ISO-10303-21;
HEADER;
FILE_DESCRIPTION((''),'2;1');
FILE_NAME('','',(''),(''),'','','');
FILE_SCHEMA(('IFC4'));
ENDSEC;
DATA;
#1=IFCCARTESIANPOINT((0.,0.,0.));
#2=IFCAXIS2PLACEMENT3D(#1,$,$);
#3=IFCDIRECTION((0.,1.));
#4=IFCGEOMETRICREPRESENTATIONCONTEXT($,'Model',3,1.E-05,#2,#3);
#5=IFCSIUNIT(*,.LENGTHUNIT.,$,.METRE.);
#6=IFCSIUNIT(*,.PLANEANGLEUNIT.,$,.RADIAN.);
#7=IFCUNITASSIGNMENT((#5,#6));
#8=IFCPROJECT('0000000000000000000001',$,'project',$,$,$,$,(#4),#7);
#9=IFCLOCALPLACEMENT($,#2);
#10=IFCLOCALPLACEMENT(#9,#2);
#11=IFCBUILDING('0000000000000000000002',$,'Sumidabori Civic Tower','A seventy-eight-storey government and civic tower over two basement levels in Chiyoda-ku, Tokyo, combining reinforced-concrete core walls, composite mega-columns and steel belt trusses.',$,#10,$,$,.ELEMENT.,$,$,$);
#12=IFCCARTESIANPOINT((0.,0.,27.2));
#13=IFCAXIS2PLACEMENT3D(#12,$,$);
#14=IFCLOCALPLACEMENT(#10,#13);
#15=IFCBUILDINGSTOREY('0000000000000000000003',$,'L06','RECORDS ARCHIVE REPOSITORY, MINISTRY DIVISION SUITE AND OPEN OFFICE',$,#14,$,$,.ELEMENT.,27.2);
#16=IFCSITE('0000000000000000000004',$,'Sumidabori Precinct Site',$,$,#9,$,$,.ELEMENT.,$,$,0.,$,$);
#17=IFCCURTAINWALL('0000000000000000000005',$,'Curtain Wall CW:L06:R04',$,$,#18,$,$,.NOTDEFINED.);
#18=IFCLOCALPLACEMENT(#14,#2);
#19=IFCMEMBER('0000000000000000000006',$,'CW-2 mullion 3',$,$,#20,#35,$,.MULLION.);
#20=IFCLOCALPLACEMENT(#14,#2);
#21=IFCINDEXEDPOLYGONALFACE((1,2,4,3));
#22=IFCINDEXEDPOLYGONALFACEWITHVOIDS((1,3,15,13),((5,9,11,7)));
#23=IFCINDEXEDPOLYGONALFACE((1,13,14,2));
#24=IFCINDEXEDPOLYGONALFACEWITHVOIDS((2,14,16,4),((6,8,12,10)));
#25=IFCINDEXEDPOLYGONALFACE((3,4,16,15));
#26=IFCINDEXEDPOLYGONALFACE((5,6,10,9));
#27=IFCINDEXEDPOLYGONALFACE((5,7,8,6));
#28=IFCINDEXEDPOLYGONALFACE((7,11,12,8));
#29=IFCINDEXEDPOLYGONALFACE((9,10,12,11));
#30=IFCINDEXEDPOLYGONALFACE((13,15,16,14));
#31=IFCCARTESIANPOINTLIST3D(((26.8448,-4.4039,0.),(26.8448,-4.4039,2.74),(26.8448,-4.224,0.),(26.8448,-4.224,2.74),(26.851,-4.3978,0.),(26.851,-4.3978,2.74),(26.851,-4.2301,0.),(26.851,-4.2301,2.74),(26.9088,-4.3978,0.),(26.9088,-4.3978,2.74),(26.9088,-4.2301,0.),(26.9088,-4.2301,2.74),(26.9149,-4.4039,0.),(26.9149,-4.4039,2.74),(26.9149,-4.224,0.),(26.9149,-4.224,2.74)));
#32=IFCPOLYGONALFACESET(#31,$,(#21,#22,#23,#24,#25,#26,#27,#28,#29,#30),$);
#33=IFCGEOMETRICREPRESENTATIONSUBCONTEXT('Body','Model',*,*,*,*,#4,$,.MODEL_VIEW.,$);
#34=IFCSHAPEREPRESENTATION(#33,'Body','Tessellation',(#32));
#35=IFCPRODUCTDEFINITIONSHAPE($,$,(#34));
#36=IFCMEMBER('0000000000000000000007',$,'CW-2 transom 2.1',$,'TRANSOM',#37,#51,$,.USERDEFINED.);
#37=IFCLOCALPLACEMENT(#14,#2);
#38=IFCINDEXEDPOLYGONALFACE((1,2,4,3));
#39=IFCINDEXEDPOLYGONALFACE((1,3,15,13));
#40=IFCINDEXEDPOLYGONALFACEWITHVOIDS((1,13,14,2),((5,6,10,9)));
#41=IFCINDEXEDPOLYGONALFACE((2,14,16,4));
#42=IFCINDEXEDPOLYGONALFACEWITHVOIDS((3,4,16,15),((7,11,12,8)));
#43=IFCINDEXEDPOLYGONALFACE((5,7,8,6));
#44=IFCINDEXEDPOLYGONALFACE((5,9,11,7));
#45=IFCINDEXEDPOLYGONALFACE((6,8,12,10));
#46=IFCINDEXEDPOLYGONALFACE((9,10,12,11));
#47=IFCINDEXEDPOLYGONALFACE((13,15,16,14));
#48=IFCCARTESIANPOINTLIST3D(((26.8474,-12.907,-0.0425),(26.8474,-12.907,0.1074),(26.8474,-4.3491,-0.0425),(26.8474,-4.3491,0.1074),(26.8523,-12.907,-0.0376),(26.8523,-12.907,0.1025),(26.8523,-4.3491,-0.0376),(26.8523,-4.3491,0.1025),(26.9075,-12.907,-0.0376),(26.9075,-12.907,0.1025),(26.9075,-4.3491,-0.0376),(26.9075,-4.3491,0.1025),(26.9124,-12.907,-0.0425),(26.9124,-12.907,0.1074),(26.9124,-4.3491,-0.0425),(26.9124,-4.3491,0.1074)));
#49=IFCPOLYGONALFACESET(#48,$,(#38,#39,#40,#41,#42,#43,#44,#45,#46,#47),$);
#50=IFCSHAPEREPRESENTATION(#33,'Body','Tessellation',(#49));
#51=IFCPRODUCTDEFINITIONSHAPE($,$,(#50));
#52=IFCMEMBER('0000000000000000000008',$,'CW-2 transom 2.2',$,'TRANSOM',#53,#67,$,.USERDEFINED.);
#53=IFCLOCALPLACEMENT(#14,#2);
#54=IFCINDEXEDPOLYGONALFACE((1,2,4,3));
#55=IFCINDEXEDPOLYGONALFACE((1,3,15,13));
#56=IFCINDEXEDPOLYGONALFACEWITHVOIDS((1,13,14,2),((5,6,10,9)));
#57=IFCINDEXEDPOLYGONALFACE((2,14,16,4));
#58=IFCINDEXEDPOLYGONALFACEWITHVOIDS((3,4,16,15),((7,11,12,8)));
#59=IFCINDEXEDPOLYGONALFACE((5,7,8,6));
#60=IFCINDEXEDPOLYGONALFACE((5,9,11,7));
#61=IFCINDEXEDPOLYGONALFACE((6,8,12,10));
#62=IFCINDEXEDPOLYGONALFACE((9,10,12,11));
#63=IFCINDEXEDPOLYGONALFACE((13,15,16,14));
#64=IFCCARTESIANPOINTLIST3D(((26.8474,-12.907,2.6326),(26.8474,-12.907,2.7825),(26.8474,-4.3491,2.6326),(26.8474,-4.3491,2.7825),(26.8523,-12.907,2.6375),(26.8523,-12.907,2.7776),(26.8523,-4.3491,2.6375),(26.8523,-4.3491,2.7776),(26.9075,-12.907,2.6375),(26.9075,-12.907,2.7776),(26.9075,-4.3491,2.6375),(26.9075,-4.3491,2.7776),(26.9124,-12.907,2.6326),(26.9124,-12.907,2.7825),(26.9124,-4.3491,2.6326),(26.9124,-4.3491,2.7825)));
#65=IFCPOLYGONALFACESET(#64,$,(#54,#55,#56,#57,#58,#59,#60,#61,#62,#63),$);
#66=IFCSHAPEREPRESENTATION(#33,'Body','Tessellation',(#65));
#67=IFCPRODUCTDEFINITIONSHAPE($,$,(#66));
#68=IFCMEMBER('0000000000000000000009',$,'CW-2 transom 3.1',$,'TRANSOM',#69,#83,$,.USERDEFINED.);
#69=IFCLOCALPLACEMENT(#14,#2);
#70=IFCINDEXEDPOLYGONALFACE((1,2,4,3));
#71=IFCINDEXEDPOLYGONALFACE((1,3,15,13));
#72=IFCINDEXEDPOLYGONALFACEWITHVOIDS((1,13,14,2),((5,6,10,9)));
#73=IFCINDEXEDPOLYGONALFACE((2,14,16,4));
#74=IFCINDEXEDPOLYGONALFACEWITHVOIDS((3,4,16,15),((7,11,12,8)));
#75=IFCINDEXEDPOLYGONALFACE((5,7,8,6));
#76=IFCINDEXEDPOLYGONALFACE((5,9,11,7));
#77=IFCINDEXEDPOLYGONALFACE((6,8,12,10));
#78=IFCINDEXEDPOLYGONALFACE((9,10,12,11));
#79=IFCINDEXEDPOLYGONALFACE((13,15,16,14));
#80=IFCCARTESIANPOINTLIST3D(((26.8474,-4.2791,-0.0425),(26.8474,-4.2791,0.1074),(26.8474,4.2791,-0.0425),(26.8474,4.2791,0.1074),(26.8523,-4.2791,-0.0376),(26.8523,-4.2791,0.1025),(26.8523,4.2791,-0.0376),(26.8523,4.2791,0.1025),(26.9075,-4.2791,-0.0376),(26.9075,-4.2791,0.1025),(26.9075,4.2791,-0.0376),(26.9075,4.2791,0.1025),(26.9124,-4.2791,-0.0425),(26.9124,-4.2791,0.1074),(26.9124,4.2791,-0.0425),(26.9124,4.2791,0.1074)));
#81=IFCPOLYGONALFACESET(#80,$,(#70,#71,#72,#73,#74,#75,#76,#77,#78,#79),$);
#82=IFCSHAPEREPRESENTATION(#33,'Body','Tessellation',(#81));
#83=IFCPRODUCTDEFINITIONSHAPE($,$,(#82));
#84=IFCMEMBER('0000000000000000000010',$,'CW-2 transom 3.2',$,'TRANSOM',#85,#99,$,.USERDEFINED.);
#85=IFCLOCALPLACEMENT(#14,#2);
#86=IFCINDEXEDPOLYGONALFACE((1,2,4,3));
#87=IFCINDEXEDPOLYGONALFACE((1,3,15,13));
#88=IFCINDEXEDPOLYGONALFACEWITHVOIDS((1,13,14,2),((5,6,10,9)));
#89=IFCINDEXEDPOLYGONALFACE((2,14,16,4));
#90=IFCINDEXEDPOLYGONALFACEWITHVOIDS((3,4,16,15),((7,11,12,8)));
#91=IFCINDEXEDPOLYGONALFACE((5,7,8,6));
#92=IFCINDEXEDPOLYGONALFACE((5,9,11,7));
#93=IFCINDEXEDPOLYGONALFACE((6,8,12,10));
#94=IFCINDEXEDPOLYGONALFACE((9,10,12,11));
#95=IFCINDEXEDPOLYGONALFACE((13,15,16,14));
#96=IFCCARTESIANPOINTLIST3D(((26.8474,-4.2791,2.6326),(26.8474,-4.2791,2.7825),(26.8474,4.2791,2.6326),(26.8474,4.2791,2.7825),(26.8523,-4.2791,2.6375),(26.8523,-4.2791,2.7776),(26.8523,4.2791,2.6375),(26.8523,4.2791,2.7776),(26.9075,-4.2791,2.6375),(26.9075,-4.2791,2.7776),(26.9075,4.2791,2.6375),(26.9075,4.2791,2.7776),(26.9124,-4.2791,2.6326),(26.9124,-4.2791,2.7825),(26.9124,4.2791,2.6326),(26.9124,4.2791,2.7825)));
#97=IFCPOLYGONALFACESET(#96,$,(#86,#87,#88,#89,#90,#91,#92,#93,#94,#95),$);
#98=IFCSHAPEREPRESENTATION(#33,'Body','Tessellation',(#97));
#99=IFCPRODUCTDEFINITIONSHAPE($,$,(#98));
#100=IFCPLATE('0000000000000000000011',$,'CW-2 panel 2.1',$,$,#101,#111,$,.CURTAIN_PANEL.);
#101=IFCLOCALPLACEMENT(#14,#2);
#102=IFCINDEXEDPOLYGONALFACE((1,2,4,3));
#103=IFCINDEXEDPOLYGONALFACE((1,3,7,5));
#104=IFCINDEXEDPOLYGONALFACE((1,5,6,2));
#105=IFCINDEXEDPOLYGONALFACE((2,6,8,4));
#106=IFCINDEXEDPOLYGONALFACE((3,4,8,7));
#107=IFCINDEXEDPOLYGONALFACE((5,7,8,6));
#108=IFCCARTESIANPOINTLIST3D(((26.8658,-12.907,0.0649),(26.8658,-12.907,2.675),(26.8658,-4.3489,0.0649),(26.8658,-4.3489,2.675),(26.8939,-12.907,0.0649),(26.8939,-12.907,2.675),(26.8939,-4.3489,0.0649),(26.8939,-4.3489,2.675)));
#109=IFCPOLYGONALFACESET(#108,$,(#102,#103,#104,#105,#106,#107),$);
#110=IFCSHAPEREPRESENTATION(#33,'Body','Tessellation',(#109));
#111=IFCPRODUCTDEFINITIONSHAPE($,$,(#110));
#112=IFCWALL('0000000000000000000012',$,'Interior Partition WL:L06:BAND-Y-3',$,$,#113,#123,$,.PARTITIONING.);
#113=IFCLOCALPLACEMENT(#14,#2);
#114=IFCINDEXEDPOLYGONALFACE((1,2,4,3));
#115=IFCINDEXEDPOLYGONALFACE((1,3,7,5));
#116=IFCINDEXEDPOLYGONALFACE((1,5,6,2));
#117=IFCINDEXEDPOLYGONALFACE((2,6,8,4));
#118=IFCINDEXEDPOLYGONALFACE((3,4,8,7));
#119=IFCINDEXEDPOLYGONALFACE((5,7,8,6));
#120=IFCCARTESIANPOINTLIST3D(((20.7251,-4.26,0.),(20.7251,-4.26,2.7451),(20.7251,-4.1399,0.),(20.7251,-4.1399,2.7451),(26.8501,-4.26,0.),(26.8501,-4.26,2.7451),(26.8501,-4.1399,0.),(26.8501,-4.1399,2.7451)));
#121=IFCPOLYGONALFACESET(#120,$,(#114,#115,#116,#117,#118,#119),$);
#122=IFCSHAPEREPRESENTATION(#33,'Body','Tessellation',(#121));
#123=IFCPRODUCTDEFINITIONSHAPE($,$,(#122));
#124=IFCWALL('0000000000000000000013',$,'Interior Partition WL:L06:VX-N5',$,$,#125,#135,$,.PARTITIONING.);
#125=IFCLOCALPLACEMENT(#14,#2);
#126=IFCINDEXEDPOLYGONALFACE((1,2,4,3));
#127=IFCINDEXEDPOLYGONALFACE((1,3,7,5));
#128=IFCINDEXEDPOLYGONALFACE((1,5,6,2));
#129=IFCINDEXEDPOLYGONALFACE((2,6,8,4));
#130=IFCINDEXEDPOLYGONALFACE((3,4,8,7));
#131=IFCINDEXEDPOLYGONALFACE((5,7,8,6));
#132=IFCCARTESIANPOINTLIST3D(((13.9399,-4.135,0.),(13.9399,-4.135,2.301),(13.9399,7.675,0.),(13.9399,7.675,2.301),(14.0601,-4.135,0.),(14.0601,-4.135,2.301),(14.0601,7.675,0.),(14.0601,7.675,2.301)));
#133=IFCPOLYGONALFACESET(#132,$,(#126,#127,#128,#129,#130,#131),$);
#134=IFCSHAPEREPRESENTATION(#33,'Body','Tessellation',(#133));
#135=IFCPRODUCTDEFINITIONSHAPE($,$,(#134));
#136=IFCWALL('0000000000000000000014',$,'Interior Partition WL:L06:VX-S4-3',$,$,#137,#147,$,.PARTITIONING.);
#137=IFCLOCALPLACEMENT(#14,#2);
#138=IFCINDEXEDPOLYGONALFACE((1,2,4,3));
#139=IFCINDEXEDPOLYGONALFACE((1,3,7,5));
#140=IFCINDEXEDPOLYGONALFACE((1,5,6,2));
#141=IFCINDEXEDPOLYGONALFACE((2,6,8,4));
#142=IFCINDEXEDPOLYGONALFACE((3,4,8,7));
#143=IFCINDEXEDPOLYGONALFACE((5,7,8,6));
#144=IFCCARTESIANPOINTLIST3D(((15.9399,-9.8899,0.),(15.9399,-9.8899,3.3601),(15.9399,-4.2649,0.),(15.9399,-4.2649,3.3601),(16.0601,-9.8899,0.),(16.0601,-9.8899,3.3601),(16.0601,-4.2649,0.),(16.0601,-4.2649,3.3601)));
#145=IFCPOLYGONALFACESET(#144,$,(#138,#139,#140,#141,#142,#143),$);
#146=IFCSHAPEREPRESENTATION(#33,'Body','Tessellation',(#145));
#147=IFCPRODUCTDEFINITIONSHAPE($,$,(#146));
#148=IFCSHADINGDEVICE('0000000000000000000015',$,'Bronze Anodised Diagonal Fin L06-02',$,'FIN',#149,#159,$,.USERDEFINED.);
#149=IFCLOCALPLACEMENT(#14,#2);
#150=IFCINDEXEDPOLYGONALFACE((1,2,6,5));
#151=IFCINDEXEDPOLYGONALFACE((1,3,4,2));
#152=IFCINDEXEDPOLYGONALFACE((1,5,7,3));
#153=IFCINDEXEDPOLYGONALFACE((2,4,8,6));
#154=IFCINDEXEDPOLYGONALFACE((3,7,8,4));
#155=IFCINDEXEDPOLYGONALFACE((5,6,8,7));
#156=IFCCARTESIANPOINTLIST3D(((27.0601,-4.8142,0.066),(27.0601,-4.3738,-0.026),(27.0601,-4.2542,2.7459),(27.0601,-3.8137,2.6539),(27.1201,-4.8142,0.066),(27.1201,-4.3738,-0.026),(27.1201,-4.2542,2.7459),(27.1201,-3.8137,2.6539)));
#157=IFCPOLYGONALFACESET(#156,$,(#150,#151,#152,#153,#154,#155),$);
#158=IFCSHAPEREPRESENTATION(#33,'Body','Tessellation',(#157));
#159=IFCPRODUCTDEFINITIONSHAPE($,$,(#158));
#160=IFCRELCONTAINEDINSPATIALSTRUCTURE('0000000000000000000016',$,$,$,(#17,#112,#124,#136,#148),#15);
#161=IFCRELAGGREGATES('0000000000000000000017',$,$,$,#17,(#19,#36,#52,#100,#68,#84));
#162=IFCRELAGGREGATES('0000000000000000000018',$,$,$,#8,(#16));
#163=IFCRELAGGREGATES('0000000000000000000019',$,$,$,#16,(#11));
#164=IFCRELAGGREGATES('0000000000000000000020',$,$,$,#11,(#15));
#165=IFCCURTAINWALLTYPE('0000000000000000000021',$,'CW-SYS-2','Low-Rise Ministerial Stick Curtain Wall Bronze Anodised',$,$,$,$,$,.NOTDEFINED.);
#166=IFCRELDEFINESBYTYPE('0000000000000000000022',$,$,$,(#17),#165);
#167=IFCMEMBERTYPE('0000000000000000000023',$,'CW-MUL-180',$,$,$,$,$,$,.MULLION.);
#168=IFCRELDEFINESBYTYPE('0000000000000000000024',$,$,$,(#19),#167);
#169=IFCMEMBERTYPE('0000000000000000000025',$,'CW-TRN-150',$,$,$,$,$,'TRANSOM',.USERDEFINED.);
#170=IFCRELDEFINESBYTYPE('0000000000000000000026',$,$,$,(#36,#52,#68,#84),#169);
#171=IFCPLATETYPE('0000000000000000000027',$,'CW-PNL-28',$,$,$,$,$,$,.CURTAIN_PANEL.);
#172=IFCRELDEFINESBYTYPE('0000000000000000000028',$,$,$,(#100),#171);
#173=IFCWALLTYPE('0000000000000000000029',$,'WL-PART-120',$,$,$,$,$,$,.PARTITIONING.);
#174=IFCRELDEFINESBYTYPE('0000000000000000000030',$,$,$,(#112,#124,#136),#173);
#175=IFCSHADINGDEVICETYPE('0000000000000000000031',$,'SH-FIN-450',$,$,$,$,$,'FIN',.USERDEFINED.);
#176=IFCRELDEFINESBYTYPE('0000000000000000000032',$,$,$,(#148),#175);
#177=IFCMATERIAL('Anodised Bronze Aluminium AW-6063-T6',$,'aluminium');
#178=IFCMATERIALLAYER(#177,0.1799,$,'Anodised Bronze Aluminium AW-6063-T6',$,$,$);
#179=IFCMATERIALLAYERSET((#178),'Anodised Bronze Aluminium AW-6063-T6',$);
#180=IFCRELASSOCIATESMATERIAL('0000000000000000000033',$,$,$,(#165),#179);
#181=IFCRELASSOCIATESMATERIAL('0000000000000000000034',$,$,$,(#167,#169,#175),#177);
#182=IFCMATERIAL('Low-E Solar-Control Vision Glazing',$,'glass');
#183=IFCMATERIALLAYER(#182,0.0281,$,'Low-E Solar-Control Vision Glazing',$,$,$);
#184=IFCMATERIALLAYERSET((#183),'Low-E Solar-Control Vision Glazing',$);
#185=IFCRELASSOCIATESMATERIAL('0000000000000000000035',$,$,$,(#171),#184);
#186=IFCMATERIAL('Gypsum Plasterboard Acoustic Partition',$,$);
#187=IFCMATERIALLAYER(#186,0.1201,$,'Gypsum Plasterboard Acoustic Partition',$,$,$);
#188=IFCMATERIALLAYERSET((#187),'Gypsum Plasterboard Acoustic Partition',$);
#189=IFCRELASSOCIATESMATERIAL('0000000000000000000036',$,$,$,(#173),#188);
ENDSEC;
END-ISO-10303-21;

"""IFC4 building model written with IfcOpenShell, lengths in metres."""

from ifc_helpers import new_model, si_unit, direction, frame, frame_2d, origin, origin_2d, place, context, subcontext, project, spatial, rectangle, hollow_rectangle, extrude, source, transform, mapped, material, layer, layer_set, material_profile, profile_set, type_object, element, aggregate, save


model = new_model("IFC4")

# Units and contexts
model_context = context("Model", 3, precision=1e-05, world=origin(), true_north=direction((0.0, 1.0)))
body_context = subcontext(model_context, "Body", "Model", "MODEL_VIEW")
ifc_project = project(units=[si_unit("LENGTHUNIT", "METRE"), si_unit("PLANEANGLEUNIT", "RADIAN")], contexts=[model_context])

# Site, building, storey
site_placement = place(None, origin())
site = spatial("IfcSite", under=ifc_project, at=site_placement, Name="Sumidabori Precinct Site", CompositionType="ELEMENT", RefElevation=0.0)
building_placement = place(site_placement, origin())
building = spatial("IfcBuilding", under=site, at=building_placement, Name="Sumidabori Civic Tower", Description="A seventy-eight-storey government and civic tower over two basement levels in Chiyoda-ku, Tokyo, combining reinforced-concrete core walls, composite mega-columns and steel belt trusses.", CompositionType="ELEMENT")
storey_placement = place(building_placement, frame((0.0, 0.0, 27.2)))
storey = spatial("IfcBuildingStorey", under=building, at=storey_placement, Name="L06", Description="RECORDS ARCHIVE REPOSITORY, MINISTRY DIVISION SUITE AND OPEN OFFICE", CompositionType="ELEMENT", Elevation=27.2)

# Curtain wall, members, plate
ifc_material_1 = material(Name="Anodised Bronze Aluminium AW-6063-T6", Category="aluminium")
ifc_layer_1 = layer(ifc_material_1, 0.1799, Name="Anodised Bronze Aluminium AW-6063-T6")
ifc_layer_set_1 = layer_set([ifc_layer_1], Name="Anodised Bronze Aluminium AW-6063-T6")
curtain_wall_type = type_object("IfcCurtainWallType", Name="CW-SYS-2", Description="Low-Rise Ministerial Stick Curtain Wall Bronze Anodised", PredefinedType="NOTDEFINED", material=ifc_layer_set_1)
curtain_wall_placement = place(storey_placement, origin())
curtain_wall = element("IfcCurtainWall", 1, at=curtain_wall_placement, inside=storey, type_object=curtain_wall_type, Name="Curtain Wall CW:L06:R04", PredefinedType="NOTDEFINED")
ifc_material_profile_1 = material_profile(ifc_material_1, hollow_rectangle(XDim=0.0701, YDim=0.1799, WallThickness=0.0061, at=origin_2d()), Name="ALU MULLION 180x70")
ifc_profile_set_1 = profile_set([ifc_material_profile_1], Name="Anodised Bronze Aluminium AW-6063-T6")
member_type_1 = type_object("IfcMemberType", Name="CW-MUL-180", PredefinedType="MULLION", material=ifc_profile_set_1)
shared_shape_1 = source(origin(), body_context, "Body", "SweptSolid", [
    extrude(hollow_rectangle(XDim=0.0701, YDim=0.1799, WallThickness=0.0061, at=origin_2d()), origin(), (0.0, 0.0, 1.0), 2.74),
])
member_1_placement = place(storey_placement, frame((26.8799, -4.314, 0.0), z_axis=(0.0, 0.0, 1.0), x_axis=(-1.0, 0.0, 0.0)))
member_1 = element("IfcMember", 2, at=member_1_placement, type_object=member_type_1, Name="CW-2 mullion 3", PredefinedType="MULLION", context=body_context, shape_type="MappedRepresentation", body=[
    mapped(shared_shape_1, transform((0.0, 0.0, 0.0), x_axis=(1.0, 0.0, 0.0), y_axis=(0.0, 1.0, 0.0), z_axis=(0.0, 0.0, 1.0), scale=1.0)),
])
ifc_material_profile_2 = material_profile(ifc_material_1, hollow_rectangle(XDim=0.0649, YDim=0.1499, WallThickness=0.0049, at=origin_2d()), Name="ALU TRANSOM 150x65")
ifc_profile_set_2 = profile_set([ifc_material_profile_2], Name="Anodised Bronze Aluminium AW-6063-T6")
member_type_2 = type_object("IfcMemberType", Name="CW-TRN-150", ElementType="TRANSOM", PredefinedType="USERDEFINED", material=ifc_profile_set_2)
shared_shape_2 = source(origin(), body_context, "Body", "SweptSolid", [
    extrude(hollow_rectangle(XDim=0.0649, YDim=0.1499, WallThickness=0.0049, at=origin_2d()), origin(), (0.0, 0.0, 1.0), 8.5579),
])
member_2_placement = place(storey_placement, frame((26.8799, -12.907, 0.0325), z_axis=(0.0, 1.0, 0.0), x_axis=(-1.0, 0.0, 0.0)))
member_2 = element("IfcMember", 3, at=member_2_placement, type_object=member_type_2, Name="CW-2 transom 2.1", ObjectType="TRANSOM", PredefinedType="USERDEFINED", context=body_context, shape_type="MappedRepresentation", body=[
    mapped(shared_shape_2, transform((0.0, 0.0, 0.0), x_axis=(1.0, 0.0, 0.0), y_axis=(0.0, 1.0, 0.0), z_axis=(0.0, 0.0, 1.0), scale=1.0)),
])
member_3_placement = place(storey_placement, frame((26.8799, -12.907, 2.7075), z_axis=(0.0, 1.0, 0.0), x_axis=(-1.0, 0.0, 0.0)))
member_3 = element("IfcMember", 4, at=member_3_placement, type_object=member_type_2, Name="CW-2 transom 2.2", ObjectType="TRANSOM", PredefinedType="USERDEFINED", context=body_context, shape_type="MappedRepresentation", body=[
    mapped(shared_shape_2, transform((0.0, 0.0, 0.0), x_axis=(1.0, 0.0, 0.0), y_axis=(0.0, 1.0, 0.0), z_axis=(0.0, 0.0, 1.0), scale=1.0)),
])
shared_shape_3 = source(origin(), body_context, "Body", "SweptSolid", [
    extrude(hollow_rectangle(XDim=0.0649, YDim=0.1499, WallThickness=0.0049, at=origin_2d()), origin(), (0.0, 0.0, 1.0), 8.5581),
])
member_4_placement = place(storey_placement, frame((26.8799, -4.2791, 0.0325), z_axis=(0.0, 1.0, 0.0), x_axis=(-1.0, 0.0, 0.0)))
member_4 = element("IfcMember", 5, at=member_4_placement, type_object=member_type_2, Name="CW-2 transom 3.1", ObjectType="TRANSOM", PredefinedType="USERDEFINED", context=body_context, shape_type="MappedRepresentation", body=[
    mapped(shared_shape_3, transform((0.0, 0.0, 0.0), x_axis=(1.0, 0.0, 0.0), y_axis=(0.0, 1.0, 0.0), z_axis=(0.0, 0.0, 1.0), scale=1.0)),
])
member_5_placement = place(storey_placement, frame((26.8799, -4.2791, 2.7075), z_axis=(0.0, 1.0, 0.0), x_axis=(-1.0, 0.0, 0.0)))
member_5 = element("IfcMember", 6, at=member_5_placement, type_object=member_type_2, Name="CW-2 transom 3.2", ObjectType="TRANSOM", PredefinedType="USERDEFINED", context=body_context, shape_type="MappedRepresentation", body=[
    mapped(shared_shape_3, transform((0.0, 0.0, 0.0), x_axis=(1.0, 0.0, 0.0), y_axis=(0.0, 1.0, 0.0), z_axis=(0.0, 0.0, 1.0), scale=1.0)),
])
ifc_material_2 = material(Name="Low-E Solar-Control Vision Glazing", Category="glass")
ifc_layer_2 = layer(ifc_material_2, 0.0281, Name="Low-E Solar-Control Vision Glazing")
ifc_layer_set_2 = layer_set([ifc_layer_2], Name="Low-E Solar-Control Vision Glazing")
plate_type = type_object("IfcPlateType", Name="CW-PNL-28", PredefinedType="CURTAIN_PANEL", material=ifc_layer_set_2)
shared_shape_4 = source(origin(), body_context, "Body", "SweptSolid", [
    extrude(rectangle(XDim=8.5581, YDim=0.0281, at=origin_2d()), origin(), (0.0, 0.0, 1.0), 2.6101),
])
plate_placement = place(storey_placement, frame((26.8799, -8.6279, 0.0649), z_axis=(0.0, 0.0, 1.0), x_axis=(0.0, 1.0, 0.0)))
plate = element("IfcPlate", 7, at=plate_placement, type_object=plate_type, Name="CW-2 panel 2.1", PredefinedType="CURTAIN_PANEL", context=body_context, shape_type="MappedRepresentation", body=[
    mapped(shared_shape_4, transform((0.0, 0.0, 0.0), x_axis=(1.0, 0.0, 0.0), y_axis=(0.0, 1.0, 0.0), z_axis=(0.0, 0.0, 1.0), scale=1.0)),
])
aggregate(curtain_wall, [member_1, member_2, member_3, plate, member_4, member_5])

# Walls
ifc_material_3 = material(Name="Gypsum Plasterboard Acoustic Partition")
ifc_layer_3 = layer(ifc_material_3, 0.1201, Name="Gypsum Plasterboard Acoustic Partition")
ifc_layer_set_3 = layer_set([ifc_layer_3], Name="Gypsum Plasterboard Acoustic Partition")
wall_type = type_object("IfcWallType", Name="WL-PART-120", PredefinedType="PARTITIONING", material=ifc_layer_set_3)
shared_shape_5 = source(origin(), body_context, "Body", "SweptSolid", [
    extrude(rectangle(XDim=6.125, YDim=0.1201, at=frame_2d((3.0625, 0.0))), origin(), (0.0, 0.0, 1.0), 2.7451),
])
wall_1_placement = place(storey_placement, frame((20.7251, -4.2, 0.0), z_axis=(0.0, 0.0, 1.0), x_axis=(1.0, 0.0, 0.0)))
element("IfcWall", 8, at=wall_1_placement, inside=storey, type_object=wall_type, Name="Interior Partition WL:L06:BAND-Y-3", PredefinedType="PARTITIONING", context=body_context, shape_type="MappedRepresentation", body=[
    mapped(shared_shape_5, transform((0.0, 0.0, 0.0), x_axis=(1.0, 0.0, 0.0), y_axis=(0.0, 1.0, 0.0), z_axis=(0.0, 0.0, 1.0), scale=1.0)),
])
shared_shape_6 = source(origin(), body_context, "Body", "SweptSolid", [
    extrude(rectangle(XDim=11.8101, YDim=0.1201, at=frame_2d((5.905, 0.0))), origin(), (0.0, 0.0, 1.0), 2.301),
])
wall_2_placement = place(storey_placement, frame((14.0, -4.135, 0.0), z_axis=(0.0, 0.0, 1.0), x_axis=(0.0, 1.0, 0.0)))
element("IfcWall", 9, at=wall_2_placement, inside=storey, type_object=wall_type, Name="Interior Partition WL:L06:VX-N5", PredefinedType="PARTITIONING", context=body_context, shape_type="MappedRepresentation", body=[
    mapped(shared_shape_6, transform((0.0, 0.0, 0.0), x_axis=(1.0, 0.0, 0.0), y_axis=(0.0, 1.0, 0.0), z_axis=(0.0, 0.0, 1.0), scale=1.0)),
])
shared_shape_7 = source(origin(), body_context, "Body", "SweptSolid", [
    extrude(rectangle(XDim=5.625, YDim=0.1201, at=frame_2d((2.8125, 0.0))), origin(), (0.0, 0.0, 1.0), 3.3601),
])
wall_3_placement = place(storey_placement, frame((16.0, -9.8899, 0.0), z_axis=(0.0, 0.0, 1.0), x_axis=(0.0, 1.0, 0.0)))
element("IfcWall", 10, at=wall_3_placement, inside=storey, type_object=wall_type, Name="Interior Partition WL:L06:VX-S4-3", PredefinedType="PARTITIONING", context=body_context, shape_type="MappedRepresentation", body=[
    mapped(shared_shape_7, transform((0.0, 0.0, 0.0), x_axis=(1.0, 0.0, 0.0), y_axis=(0.0, 1.0, 0.0), z_axis=(0.0, 0.0, 1.0), scale=1.0)),
])

# Shading device
ifc_material_profile_3 = material_profile(ifc_material_1, rectangle(XDim=0.0601, YDim=0.45, at=origin_2d()), Name="BRONZE FIN 450x60")
ifc_profile_set_3 = profile_set([ifc_material_profile_3], Name="Anodised Bronze Aluminium AW-6063-T6")
shading_device_type = type_object("IfcShadingDeviceType", Name="SH-FIN-450", ElementType="FIN", PredefinedType="USERDEFINED", material=ifc_profile_set_3)
shared_shape_8 = source(origin(), body_context, "Body", "SweptSolid", [
    extrude(rectangle(XDim=0.0601, YDim=0.45, at=origin_2d()), origin(), (0.0, 0.0, 1.0), 2.7378),
])
shading_device_placement = place(storey_placement, frame((27.0901, -4.594, 0.02), z_axis=(0.0, 0.204563, 0.978853), x_axis=(-1.0, 0.0, 0.0)))
element("IfcShadingDevice", 11, at=shading_device_placement, inside=storey, type_object=shading_device_type, Name="Bronze Anodised Diagonal Fin L06-02", ObjectType="FIN", PredefinedType="USERDEFINED", context=body_context, shape_type="MappedRepresentation", body=[
    mapped(shared_shape_8, transform((0.0, 0.0, 0.0), x_axis=(1.0, 0.0, 0.0), y_axis=(0.0, 1.0, 0.0), z_axis=(0.0, 0.0, 1.0), scale=1.0)),
])

save(model, "model.ifc")
